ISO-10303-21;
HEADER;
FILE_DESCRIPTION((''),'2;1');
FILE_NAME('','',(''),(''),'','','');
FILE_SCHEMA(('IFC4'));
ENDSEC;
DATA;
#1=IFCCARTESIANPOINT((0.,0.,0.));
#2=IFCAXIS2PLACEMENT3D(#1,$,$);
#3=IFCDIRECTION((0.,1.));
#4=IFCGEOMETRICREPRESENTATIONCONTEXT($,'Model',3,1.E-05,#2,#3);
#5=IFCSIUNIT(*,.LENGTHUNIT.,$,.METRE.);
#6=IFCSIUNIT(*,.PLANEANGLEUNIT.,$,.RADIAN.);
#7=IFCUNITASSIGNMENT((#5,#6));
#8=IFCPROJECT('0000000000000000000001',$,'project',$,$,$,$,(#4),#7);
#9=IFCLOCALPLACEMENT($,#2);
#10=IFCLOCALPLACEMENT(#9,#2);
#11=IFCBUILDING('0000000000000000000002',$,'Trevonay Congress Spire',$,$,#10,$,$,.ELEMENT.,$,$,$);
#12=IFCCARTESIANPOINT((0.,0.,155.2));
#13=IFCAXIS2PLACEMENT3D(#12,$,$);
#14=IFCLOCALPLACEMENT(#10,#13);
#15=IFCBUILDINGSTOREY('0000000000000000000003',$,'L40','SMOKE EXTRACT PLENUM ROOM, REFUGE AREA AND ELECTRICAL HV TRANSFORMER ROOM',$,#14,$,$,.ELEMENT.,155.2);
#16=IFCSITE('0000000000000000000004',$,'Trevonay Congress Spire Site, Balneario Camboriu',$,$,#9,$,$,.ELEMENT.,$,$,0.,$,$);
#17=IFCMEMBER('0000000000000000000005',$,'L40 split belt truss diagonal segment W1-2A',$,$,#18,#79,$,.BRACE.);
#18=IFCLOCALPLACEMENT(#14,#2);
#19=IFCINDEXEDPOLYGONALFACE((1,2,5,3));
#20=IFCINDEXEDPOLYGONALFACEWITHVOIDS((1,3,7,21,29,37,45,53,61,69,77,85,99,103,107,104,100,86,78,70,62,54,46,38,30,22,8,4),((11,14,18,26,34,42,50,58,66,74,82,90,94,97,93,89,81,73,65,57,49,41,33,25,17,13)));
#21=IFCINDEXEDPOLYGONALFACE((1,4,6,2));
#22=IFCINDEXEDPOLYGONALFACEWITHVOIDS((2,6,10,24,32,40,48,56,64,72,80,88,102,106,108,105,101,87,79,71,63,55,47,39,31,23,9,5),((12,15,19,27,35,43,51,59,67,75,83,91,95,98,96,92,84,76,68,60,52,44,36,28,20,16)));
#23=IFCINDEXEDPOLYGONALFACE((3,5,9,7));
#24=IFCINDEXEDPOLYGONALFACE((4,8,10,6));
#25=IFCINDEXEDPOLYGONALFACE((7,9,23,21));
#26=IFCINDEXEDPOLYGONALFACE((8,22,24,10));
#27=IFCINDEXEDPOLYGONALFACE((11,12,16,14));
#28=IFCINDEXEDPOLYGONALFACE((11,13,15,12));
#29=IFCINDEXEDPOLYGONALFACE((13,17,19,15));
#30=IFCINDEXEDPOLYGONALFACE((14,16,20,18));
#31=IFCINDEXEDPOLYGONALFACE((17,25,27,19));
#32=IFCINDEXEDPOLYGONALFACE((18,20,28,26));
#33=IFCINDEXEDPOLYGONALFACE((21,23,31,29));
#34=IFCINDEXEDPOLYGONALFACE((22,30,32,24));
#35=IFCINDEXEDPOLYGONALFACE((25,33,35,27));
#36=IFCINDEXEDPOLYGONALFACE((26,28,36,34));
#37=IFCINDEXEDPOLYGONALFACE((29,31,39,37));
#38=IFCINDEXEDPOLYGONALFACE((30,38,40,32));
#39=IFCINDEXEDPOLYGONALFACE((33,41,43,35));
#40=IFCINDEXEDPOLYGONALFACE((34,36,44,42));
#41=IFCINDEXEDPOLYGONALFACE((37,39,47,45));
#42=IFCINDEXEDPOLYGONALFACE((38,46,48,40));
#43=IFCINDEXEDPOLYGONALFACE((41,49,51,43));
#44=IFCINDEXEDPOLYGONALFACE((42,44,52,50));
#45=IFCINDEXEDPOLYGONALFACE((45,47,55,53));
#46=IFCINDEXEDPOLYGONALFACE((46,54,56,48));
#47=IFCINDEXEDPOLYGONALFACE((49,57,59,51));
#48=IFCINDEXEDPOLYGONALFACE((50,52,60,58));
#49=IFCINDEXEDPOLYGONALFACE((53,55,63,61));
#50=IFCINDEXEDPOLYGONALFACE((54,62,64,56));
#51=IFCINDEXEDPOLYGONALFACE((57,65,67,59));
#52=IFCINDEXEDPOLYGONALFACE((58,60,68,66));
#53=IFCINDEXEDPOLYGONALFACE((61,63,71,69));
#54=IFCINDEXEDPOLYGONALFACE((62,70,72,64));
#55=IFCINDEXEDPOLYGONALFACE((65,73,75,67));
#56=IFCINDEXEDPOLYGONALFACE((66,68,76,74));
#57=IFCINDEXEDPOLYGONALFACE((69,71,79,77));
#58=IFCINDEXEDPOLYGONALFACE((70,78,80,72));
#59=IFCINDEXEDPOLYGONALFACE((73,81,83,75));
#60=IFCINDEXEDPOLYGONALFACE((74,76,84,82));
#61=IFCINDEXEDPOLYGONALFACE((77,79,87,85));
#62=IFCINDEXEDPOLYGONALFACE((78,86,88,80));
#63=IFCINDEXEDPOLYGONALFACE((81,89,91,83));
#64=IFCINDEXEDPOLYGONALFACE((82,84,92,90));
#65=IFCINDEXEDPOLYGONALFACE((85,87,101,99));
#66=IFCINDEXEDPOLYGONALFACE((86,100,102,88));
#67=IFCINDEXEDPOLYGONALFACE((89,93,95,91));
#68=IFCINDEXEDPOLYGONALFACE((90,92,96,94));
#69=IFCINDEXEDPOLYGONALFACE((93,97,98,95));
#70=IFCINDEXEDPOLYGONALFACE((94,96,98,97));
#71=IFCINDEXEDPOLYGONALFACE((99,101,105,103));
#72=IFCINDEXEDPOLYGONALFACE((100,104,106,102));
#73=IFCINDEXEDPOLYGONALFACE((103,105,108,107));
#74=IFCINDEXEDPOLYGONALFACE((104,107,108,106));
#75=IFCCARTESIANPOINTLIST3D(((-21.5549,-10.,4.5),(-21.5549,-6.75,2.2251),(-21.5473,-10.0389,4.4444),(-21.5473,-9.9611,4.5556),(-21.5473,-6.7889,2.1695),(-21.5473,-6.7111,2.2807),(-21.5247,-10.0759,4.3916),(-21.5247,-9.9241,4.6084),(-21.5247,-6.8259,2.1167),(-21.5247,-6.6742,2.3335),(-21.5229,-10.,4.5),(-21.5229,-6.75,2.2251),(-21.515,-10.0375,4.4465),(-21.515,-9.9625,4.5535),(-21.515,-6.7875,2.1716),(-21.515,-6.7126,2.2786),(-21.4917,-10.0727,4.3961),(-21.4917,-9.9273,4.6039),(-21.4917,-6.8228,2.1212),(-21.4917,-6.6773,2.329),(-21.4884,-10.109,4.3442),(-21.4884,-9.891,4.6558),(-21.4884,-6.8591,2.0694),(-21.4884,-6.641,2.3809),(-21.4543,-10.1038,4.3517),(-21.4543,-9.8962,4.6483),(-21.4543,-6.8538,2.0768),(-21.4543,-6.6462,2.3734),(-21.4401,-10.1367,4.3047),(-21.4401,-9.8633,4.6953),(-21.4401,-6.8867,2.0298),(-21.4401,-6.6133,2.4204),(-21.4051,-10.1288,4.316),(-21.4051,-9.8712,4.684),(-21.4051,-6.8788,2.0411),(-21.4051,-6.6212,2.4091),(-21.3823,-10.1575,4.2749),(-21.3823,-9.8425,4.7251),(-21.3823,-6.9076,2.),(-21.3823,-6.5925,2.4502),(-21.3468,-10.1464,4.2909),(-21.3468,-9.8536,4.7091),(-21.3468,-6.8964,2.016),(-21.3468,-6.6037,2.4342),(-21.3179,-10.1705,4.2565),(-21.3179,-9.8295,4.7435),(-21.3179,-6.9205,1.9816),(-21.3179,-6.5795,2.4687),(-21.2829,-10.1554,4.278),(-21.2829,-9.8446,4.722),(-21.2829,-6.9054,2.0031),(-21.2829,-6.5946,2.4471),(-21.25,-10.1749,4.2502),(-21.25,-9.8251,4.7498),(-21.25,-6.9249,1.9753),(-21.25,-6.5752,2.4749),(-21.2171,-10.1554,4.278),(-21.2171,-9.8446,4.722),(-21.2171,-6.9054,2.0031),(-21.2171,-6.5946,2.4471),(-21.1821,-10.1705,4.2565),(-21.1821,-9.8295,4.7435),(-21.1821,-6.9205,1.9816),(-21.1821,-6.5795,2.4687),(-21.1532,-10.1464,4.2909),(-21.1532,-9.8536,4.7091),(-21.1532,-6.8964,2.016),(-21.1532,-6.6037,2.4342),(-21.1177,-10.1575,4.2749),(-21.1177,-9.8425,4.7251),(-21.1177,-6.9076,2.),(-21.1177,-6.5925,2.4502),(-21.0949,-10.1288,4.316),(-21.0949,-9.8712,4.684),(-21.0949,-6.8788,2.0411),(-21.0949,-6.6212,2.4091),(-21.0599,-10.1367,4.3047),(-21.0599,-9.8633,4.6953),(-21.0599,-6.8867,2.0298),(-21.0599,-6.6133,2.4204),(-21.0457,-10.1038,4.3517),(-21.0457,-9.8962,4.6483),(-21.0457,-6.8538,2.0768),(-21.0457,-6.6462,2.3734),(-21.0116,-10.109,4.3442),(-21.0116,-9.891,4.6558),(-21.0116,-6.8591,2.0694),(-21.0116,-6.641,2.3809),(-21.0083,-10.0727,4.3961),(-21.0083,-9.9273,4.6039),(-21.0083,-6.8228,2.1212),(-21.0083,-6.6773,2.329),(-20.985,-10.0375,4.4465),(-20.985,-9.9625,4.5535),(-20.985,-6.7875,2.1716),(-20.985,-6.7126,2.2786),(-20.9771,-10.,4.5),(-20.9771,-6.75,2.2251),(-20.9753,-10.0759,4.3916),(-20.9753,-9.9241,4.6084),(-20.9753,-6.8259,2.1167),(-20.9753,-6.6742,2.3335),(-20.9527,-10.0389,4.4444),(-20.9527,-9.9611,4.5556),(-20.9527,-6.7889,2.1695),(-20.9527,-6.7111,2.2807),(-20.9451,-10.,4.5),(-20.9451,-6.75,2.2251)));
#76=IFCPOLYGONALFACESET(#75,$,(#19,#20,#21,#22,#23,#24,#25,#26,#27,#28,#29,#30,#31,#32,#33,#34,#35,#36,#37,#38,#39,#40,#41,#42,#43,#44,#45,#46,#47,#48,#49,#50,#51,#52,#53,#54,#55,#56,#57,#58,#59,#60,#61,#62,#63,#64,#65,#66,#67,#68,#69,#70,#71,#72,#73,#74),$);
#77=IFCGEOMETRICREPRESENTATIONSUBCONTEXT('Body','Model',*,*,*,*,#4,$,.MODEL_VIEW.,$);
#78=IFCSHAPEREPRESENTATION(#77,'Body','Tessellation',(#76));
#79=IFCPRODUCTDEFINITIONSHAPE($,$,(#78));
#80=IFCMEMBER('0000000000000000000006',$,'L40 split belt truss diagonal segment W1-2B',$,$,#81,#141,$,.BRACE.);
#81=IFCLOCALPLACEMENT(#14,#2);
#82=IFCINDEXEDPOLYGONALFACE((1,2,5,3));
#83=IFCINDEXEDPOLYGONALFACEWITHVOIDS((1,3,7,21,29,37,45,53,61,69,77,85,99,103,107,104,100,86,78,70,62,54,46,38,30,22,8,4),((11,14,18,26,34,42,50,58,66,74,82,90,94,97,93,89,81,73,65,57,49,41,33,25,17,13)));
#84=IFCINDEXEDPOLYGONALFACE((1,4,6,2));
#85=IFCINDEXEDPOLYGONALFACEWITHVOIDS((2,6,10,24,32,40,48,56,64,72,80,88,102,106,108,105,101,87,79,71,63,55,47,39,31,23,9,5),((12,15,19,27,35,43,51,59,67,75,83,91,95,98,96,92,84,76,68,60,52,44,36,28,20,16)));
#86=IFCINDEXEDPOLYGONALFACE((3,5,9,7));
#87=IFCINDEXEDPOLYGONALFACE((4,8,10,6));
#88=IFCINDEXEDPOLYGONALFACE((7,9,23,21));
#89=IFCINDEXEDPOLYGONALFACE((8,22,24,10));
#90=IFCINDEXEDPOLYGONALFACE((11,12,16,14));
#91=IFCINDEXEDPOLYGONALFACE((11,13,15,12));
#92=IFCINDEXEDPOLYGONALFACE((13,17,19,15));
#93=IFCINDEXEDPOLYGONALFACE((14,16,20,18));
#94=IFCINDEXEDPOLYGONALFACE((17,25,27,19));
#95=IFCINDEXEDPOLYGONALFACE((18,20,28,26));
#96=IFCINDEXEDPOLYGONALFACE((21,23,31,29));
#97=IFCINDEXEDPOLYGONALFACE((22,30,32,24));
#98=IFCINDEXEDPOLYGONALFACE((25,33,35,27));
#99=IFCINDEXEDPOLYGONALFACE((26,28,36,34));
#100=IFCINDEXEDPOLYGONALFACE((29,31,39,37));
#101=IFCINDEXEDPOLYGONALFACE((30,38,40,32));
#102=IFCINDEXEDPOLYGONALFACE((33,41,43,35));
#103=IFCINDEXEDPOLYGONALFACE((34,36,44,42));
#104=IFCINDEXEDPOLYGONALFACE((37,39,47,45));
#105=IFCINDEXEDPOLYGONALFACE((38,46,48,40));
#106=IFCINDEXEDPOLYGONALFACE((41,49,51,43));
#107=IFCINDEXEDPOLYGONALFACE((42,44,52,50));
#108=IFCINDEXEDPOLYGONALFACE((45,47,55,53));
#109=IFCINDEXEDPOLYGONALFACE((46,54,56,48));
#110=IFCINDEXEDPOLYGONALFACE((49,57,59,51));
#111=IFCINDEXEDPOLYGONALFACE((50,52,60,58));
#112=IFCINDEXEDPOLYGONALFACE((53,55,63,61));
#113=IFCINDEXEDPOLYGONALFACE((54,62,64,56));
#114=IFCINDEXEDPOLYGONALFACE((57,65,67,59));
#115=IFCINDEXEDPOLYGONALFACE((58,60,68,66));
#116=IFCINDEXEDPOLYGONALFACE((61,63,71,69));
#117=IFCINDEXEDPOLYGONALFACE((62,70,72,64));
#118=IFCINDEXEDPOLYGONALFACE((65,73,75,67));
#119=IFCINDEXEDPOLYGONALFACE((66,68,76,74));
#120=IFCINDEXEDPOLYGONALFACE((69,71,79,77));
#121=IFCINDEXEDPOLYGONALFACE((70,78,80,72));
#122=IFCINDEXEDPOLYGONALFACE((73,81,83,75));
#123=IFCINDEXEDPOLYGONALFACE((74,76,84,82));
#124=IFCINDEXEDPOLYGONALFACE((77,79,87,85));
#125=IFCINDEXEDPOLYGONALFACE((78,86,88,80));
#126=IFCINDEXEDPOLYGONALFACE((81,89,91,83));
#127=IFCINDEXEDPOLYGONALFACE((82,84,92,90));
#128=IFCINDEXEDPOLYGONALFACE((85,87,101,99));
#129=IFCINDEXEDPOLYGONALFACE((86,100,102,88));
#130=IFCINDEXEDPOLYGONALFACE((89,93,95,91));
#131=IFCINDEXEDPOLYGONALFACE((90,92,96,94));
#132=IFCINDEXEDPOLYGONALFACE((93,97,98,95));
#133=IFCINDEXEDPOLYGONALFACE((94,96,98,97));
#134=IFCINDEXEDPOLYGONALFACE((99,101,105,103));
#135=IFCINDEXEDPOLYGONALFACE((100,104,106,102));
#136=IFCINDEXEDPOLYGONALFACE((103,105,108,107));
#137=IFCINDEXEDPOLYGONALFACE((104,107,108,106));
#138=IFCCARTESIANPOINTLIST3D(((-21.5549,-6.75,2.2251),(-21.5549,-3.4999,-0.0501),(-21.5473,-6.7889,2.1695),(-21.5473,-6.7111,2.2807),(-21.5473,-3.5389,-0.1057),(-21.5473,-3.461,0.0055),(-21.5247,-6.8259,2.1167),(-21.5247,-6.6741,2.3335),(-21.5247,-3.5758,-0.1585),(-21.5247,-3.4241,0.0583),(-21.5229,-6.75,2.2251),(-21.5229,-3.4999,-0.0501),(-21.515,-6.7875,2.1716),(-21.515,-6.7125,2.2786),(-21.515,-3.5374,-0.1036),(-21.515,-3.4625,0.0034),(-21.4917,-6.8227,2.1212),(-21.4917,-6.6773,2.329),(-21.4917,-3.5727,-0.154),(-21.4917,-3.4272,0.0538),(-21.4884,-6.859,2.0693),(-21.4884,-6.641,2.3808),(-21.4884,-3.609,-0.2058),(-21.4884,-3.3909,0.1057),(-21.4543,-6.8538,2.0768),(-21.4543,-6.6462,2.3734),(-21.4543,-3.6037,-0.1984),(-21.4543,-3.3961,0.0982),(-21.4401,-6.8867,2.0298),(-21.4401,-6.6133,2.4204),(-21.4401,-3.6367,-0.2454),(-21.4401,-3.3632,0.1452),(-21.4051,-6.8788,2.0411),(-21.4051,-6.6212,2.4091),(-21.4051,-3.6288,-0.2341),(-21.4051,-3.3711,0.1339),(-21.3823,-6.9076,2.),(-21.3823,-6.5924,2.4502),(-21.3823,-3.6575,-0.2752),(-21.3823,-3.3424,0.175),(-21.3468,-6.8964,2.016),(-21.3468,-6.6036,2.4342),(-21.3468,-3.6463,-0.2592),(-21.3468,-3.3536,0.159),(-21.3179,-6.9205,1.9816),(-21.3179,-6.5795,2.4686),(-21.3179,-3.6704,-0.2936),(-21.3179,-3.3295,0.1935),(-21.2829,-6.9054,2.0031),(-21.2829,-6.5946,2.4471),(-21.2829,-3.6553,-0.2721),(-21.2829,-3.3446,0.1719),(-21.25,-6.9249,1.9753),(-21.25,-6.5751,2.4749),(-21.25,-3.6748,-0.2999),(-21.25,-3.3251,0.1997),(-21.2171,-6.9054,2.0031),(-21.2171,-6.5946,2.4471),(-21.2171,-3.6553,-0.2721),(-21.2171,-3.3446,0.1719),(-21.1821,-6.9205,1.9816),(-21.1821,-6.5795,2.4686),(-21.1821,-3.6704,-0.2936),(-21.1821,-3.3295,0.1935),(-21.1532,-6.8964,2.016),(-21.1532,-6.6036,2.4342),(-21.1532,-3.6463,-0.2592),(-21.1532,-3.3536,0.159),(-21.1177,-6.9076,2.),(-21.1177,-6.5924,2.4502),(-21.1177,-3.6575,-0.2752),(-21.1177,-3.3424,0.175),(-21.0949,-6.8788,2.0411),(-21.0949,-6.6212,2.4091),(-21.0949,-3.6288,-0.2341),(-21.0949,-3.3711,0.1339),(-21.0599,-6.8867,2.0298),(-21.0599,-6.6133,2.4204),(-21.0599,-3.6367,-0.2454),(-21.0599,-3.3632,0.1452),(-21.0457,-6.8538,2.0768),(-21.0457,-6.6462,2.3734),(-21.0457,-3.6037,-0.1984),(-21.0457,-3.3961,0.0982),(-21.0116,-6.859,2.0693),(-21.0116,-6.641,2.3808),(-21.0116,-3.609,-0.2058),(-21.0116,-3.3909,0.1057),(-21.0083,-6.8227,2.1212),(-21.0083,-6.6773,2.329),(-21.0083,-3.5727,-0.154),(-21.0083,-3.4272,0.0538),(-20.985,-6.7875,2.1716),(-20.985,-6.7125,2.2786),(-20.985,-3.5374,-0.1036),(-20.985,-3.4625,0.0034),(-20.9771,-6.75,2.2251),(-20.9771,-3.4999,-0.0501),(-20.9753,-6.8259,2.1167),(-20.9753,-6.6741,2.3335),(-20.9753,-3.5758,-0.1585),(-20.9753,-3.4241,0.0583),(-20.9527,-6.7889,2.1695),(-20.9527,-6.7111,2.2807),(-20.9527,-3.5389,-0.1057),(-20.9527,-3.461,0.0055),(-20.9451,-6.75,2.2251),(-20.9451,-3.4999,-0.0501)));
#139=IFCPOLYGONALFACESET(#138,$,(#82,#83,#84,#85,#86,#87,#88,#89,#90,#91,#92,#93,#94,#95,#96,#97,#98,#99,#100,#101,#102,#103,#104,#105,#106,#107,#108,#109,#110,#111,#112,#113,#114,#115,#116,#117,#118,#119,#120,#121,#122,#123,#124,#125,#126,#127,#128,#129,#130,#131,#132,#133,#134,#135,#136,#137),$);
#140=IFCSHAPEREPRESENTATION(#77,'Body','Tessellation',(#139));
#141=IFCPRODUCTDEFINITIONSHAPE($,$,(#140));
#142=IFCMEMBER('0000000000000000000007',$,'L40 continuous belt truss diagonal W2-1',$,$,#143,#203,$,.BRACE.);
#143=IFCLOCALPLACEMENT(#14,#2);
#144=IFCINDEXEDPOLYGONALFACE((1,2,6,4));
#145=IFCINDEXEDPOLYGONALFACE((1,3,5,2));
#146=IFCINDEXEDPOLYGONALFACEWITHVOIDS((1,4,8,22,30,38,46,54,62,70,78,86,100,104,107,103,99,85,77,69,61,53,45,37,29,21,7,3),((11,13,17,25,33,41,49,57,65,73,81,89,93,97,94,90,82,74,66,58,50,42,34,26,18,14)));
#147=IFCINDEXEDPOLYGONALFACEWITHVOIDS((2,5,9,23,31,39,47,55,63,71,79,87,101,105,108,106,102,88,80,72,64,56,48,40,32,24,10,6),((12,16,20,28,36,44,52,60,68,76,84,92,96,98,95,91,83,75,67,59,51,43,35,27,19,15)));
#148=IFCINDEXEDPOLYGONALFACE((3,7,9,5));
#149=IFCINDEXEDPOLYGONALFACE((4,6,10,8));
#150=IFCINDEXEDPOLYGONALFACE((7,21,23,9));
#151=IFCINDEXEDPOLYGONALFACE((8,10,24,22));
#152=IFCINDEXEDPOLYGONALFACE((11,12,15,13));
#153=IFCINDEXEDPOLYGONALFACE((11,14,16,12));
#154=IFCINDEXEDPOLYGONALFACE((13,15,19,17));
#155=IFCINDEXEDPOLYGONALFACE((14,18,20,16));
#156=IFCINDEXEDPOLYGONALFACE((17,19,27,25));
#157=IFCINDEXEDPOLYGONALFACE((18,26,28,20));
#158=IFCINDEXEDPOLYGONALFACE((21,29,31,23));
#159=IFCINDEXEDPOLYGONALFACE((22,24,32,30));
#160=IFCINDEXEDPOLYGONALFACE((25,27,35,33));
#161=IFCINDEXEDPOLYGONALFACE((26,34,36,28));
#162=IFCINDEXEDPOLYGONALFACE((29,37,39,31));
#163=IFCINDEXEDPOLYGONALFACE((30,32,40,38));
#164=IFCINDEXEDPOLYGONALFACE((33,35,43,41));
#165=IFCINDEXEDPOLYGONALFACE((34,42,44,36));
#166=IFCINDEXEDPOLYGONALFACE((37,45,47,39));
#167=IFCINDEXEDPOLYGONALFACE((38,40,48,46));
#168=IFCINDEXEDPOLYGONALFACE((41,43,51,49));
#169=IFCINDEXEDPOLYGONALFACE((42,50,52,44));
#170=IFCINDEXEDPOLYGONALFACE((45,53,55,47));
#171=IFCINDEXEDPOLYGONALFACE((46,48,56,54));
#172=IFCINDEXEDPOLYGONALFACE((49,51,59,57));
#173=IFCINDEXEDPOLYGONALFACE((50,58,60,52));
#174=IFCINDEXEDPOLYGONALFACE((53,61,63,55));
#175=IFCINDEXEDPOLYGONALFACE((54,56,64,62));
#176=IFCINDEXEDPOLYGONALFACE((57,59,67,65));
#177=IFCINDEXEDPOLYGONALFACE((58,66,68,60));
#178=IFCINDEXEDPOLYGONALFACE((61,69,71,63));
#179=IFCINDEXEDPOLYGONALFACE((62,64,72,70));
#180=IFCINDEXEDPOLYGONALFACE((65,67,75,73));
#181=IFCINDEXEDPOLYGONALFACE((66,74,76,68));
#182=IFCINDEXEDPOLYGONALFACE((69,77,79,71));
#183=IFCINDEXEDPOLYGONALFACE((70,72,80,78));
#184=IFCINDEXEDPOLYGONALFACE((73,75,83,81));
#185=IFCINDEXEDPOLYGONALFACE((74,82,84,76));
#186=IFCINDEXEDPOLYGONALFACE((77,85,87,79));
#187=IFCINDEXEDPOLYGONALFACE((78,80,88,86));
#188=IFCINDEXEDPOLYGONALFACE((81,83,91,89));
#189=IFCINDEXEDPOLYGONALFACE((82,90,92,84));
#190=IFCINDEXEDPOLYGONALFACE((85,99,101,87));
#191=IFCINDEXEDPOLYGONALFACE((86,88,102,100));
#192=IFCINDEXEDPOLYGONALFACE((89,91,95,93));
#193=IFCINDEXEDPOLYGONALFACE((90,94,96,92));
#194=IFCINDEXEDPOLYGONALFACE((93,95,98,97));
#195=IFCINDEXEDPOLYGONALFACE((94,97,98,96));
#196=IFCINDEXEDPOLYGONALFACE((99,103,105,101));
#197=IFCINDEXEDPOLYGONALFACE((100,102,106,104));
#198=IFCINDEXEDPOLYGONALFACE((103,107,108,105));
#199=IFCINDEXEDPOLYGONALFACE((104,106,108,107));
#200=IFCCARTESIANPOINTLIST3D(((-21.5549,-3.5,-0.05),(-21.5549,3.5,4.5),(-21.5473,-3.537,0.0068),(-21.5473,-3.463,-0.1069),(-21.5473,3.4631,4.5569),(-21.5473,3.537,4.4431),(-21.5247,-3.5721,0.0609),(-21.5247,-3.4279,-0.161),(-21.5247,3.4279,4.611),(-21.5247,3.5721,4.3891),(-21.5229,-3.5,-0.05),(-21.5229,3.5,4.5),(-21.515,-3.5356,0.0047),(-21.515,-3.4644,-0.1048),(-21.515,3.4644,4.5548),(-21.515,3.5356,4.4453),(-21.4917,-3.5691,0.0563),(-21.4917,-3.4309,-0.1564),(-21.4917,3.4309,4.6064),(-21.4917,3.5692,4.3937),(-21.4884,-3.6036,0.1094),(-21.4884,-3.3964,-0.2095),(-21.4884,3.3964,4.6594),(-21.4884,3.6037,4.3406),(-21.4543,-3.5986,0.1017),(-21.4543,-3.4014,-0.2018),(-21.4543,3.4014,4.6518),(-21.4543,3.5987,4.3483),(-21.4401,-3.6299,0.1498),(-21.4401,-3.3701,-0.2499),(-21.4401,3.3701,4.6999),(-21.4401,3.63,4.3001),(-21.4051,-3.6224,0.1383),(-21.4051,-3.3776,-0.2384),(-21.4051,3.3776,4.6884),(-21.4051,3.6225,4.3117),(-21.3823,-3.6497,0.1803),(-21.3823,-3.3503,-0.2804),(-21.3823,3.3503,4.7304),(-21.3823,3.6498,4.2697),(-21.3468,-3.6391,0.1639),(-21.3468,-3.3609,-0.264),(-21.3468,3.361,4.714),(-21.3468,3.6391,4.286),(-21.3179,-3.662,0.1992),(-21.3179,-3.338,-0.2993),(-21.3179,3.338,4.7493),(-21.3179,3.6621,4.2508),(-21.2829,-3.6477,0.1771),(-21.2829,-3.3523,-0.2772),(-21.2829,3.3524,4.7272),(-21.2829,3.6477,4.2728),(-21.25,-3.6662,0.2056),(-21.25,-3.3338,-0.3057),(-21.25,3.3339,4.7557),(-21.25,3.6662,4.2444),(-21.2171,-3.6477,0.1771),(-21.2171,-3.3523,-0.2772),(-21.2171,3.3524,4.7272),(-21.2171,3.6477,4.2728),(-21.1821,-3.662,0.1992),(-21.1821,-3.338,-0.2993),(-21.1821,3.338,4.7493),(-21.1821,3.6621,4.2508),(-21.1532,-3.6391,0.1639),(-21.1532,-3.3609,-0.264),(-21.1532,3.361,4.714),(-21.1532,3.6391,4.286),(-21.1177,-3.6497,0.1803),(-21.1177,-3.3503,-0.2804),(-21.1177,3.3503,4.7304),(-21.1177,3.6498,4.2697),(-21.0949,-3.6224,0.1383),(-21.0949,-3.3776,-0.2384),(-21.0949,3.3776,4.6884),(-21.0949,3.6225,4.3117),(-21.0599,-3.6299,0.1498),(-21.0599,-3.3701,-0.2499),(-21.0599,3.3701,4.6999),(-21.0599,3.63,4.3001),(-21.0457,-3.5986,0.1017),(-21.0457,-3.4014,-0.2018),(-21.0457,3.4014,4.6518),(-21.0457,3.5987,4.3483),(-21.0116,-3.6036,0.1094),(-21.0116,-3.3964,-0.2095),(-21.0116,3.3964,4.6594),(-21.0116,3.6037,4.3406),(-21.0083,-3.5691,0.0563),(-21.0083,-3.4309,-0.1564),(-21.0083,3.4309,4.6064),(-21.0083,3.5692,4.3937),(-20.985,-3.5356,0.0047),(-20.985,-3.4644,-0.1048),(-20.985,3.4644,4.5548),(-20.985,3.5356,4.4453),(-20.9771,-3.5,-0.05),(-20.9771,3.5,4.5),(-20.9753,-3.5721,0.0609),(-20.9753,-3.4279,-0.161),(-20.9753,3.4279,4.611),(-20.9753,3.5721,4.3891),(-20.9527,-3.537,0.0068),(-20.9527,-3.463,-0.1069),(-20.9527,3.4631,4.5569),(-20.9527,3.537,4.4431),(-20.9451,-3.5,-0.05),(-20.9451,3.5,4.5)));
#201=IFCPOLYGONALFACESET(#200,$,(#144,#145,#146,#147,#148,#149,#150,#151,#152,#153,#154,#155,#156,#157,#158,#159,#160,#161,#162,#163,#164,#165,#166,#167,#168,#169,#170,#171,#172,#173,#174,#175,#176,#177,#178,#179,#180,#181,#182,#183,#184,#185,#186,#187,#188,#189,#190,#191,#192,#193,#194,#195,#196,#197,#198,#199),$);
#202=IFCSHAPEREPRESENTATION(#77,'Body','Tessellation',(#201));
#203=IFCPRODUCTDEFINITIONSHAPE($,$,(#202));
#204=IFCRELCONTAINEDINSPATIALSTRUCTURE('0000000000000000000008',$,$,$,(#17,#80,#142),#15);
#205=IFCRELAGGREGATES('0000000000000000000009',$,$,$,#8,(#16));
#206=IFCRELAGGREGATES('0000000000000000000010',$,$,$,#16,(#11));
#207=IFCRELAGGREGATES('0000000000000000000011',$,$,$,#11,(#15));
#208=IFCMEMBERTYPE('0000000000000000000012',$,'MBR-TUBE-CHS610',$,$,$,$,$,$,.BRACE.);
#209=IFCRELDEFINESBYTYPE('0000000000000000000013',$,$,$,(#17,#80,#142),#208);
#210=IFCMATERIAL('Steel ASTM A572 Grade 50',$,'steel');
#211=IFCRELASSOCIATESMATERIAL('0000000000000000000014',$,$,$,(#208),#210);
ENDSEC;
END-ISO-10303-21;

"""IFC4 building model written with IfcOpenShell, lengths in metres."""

from ifc_helpers import new_model, si_unit, direction, frame, origin, origin_2d, place, context, subcontext, project, spatial, hollow_circle, extrude, material, material_profile, profile_set, type_object, element, save


model = new_model("IFC4")

# Units and contexts
model_context = context("Model", 3, precision=1e-05, world=origin(), true_north=direction((0.0, 1.0)))
body_context = subcontext(model_context, "Body", "Model", "MODEL_VIEW")
ifc_project = project(units=[si_unit("LENGTHUNIT", "METRE"), si_unit("PLANEANGLEUNIT", "RADIAN")], contexts=[model_context])

# Site, building, storey
site_placement = place(None, origin())
site = spatial("IfcSite", under=ifc_project, at=site_placement, Name="Trevonay Congress Spire Site, Balneario Camboriu", CompositionType="ELEMENT", RefElevation=0.0)
building_placement = place(site_placement, origin())
building = spatial("IfcBuilding", under=site, at=building_placement, Name="Trevonay Congress Spire", CompositionType="ELEMENT")
storey_placement = place(building_placement, frame((0.0, 0.0, 155.2)))
storey = spatial("IfcBuildingStorey", under=building, at=storey_placement, Name="L40", Description="SMOKE EXTRACT PLENUM ROOM, REFUGE AREA AND ELECTRICAL HV TRANSFORMER ROOM", CompositionType="ELEMENT", Elevation=155.2)

# Shared definitions
ifc_material_1 = material(Name="Steel ASTM A572 Grade 50", Category="steel")

# Members
ifc_material_profile_1 = material_profile(ifc_material_1, hollow_circle(Radius=0.3049, WallThickness=0.032, at=origin_2d()), Name="CHS 610x32")
ifc_profile_set_1 = profile_set([ifc_material_profile_1], Name="Steel ASTM A572 Grade 50")
member_type = type_object("IfcMemberType", Name="MBR-TUBE-CHS610", PredefinedType="BRACE", material=ifc_profile_set_1)
member_1_placement = place(storey_placement, frame((-21.25, -10.0, 4.5), z_axis=(0.0, 0.819243, -0.573446), x_axis=(-1.0, 0.0, 0.0)))
element("IfcMember", 1, at=member_1_placement, inside=storey, type_object=member_type, Name="L40 split belt truss diagonal segment W1-2A", PredefinedType="BRACE", context=body_context, shape_type="SweptSolid", body=[
    extrude(hollow_circle(Radius=0.3049, WallThickness=0.032, at=origin_2d()), origin(), (0.0, 0.0, 1.0), 3.967),
])
member_2_placement = place(storey_placement, frame((-21.25, -6.75, 2.2251), z_axis=(0.0, 0.819215, -0.573487), x_axis=(-1.0, 0.0, 0.0)))
element("IfcMember", 2, at=member_2_placement, inside=storey, type_object=member_type, Name="L40 split belt truss diagonal segment W1-2B", PredefinedType="BRACE", context=body_context, shape_type="SweptSolid", body=[
    extrude(hollow_circle(Radius=0.3049, WallThickness=0.032, at=origin_2d()), origin(), (0.0, 0.0, 1.0), 3.9673),
])
member_3_placement = place(storey_placement, frame((-21.25, -3.5, -0.05), z_axis=(0.0, 0.838441, 0.544992), x_axis=(-1.0, 0.0, 0.0)))
element("IfcMember", 3, at=member_3_placement, inside=storey, type_object=member_type, Name="L40 continuous belt truss diagonal W2-1", PredefinedType="BRACE", context=body_context, shape_type="SweptSolid", body=[
    extrude(hollow_circle(Radius=0.3049, WallThickness=0.032, at=origin_2d()), origin(), (0.0, 0.0, 1.0), 8.3489),
])

save(model, "model.ifc")
